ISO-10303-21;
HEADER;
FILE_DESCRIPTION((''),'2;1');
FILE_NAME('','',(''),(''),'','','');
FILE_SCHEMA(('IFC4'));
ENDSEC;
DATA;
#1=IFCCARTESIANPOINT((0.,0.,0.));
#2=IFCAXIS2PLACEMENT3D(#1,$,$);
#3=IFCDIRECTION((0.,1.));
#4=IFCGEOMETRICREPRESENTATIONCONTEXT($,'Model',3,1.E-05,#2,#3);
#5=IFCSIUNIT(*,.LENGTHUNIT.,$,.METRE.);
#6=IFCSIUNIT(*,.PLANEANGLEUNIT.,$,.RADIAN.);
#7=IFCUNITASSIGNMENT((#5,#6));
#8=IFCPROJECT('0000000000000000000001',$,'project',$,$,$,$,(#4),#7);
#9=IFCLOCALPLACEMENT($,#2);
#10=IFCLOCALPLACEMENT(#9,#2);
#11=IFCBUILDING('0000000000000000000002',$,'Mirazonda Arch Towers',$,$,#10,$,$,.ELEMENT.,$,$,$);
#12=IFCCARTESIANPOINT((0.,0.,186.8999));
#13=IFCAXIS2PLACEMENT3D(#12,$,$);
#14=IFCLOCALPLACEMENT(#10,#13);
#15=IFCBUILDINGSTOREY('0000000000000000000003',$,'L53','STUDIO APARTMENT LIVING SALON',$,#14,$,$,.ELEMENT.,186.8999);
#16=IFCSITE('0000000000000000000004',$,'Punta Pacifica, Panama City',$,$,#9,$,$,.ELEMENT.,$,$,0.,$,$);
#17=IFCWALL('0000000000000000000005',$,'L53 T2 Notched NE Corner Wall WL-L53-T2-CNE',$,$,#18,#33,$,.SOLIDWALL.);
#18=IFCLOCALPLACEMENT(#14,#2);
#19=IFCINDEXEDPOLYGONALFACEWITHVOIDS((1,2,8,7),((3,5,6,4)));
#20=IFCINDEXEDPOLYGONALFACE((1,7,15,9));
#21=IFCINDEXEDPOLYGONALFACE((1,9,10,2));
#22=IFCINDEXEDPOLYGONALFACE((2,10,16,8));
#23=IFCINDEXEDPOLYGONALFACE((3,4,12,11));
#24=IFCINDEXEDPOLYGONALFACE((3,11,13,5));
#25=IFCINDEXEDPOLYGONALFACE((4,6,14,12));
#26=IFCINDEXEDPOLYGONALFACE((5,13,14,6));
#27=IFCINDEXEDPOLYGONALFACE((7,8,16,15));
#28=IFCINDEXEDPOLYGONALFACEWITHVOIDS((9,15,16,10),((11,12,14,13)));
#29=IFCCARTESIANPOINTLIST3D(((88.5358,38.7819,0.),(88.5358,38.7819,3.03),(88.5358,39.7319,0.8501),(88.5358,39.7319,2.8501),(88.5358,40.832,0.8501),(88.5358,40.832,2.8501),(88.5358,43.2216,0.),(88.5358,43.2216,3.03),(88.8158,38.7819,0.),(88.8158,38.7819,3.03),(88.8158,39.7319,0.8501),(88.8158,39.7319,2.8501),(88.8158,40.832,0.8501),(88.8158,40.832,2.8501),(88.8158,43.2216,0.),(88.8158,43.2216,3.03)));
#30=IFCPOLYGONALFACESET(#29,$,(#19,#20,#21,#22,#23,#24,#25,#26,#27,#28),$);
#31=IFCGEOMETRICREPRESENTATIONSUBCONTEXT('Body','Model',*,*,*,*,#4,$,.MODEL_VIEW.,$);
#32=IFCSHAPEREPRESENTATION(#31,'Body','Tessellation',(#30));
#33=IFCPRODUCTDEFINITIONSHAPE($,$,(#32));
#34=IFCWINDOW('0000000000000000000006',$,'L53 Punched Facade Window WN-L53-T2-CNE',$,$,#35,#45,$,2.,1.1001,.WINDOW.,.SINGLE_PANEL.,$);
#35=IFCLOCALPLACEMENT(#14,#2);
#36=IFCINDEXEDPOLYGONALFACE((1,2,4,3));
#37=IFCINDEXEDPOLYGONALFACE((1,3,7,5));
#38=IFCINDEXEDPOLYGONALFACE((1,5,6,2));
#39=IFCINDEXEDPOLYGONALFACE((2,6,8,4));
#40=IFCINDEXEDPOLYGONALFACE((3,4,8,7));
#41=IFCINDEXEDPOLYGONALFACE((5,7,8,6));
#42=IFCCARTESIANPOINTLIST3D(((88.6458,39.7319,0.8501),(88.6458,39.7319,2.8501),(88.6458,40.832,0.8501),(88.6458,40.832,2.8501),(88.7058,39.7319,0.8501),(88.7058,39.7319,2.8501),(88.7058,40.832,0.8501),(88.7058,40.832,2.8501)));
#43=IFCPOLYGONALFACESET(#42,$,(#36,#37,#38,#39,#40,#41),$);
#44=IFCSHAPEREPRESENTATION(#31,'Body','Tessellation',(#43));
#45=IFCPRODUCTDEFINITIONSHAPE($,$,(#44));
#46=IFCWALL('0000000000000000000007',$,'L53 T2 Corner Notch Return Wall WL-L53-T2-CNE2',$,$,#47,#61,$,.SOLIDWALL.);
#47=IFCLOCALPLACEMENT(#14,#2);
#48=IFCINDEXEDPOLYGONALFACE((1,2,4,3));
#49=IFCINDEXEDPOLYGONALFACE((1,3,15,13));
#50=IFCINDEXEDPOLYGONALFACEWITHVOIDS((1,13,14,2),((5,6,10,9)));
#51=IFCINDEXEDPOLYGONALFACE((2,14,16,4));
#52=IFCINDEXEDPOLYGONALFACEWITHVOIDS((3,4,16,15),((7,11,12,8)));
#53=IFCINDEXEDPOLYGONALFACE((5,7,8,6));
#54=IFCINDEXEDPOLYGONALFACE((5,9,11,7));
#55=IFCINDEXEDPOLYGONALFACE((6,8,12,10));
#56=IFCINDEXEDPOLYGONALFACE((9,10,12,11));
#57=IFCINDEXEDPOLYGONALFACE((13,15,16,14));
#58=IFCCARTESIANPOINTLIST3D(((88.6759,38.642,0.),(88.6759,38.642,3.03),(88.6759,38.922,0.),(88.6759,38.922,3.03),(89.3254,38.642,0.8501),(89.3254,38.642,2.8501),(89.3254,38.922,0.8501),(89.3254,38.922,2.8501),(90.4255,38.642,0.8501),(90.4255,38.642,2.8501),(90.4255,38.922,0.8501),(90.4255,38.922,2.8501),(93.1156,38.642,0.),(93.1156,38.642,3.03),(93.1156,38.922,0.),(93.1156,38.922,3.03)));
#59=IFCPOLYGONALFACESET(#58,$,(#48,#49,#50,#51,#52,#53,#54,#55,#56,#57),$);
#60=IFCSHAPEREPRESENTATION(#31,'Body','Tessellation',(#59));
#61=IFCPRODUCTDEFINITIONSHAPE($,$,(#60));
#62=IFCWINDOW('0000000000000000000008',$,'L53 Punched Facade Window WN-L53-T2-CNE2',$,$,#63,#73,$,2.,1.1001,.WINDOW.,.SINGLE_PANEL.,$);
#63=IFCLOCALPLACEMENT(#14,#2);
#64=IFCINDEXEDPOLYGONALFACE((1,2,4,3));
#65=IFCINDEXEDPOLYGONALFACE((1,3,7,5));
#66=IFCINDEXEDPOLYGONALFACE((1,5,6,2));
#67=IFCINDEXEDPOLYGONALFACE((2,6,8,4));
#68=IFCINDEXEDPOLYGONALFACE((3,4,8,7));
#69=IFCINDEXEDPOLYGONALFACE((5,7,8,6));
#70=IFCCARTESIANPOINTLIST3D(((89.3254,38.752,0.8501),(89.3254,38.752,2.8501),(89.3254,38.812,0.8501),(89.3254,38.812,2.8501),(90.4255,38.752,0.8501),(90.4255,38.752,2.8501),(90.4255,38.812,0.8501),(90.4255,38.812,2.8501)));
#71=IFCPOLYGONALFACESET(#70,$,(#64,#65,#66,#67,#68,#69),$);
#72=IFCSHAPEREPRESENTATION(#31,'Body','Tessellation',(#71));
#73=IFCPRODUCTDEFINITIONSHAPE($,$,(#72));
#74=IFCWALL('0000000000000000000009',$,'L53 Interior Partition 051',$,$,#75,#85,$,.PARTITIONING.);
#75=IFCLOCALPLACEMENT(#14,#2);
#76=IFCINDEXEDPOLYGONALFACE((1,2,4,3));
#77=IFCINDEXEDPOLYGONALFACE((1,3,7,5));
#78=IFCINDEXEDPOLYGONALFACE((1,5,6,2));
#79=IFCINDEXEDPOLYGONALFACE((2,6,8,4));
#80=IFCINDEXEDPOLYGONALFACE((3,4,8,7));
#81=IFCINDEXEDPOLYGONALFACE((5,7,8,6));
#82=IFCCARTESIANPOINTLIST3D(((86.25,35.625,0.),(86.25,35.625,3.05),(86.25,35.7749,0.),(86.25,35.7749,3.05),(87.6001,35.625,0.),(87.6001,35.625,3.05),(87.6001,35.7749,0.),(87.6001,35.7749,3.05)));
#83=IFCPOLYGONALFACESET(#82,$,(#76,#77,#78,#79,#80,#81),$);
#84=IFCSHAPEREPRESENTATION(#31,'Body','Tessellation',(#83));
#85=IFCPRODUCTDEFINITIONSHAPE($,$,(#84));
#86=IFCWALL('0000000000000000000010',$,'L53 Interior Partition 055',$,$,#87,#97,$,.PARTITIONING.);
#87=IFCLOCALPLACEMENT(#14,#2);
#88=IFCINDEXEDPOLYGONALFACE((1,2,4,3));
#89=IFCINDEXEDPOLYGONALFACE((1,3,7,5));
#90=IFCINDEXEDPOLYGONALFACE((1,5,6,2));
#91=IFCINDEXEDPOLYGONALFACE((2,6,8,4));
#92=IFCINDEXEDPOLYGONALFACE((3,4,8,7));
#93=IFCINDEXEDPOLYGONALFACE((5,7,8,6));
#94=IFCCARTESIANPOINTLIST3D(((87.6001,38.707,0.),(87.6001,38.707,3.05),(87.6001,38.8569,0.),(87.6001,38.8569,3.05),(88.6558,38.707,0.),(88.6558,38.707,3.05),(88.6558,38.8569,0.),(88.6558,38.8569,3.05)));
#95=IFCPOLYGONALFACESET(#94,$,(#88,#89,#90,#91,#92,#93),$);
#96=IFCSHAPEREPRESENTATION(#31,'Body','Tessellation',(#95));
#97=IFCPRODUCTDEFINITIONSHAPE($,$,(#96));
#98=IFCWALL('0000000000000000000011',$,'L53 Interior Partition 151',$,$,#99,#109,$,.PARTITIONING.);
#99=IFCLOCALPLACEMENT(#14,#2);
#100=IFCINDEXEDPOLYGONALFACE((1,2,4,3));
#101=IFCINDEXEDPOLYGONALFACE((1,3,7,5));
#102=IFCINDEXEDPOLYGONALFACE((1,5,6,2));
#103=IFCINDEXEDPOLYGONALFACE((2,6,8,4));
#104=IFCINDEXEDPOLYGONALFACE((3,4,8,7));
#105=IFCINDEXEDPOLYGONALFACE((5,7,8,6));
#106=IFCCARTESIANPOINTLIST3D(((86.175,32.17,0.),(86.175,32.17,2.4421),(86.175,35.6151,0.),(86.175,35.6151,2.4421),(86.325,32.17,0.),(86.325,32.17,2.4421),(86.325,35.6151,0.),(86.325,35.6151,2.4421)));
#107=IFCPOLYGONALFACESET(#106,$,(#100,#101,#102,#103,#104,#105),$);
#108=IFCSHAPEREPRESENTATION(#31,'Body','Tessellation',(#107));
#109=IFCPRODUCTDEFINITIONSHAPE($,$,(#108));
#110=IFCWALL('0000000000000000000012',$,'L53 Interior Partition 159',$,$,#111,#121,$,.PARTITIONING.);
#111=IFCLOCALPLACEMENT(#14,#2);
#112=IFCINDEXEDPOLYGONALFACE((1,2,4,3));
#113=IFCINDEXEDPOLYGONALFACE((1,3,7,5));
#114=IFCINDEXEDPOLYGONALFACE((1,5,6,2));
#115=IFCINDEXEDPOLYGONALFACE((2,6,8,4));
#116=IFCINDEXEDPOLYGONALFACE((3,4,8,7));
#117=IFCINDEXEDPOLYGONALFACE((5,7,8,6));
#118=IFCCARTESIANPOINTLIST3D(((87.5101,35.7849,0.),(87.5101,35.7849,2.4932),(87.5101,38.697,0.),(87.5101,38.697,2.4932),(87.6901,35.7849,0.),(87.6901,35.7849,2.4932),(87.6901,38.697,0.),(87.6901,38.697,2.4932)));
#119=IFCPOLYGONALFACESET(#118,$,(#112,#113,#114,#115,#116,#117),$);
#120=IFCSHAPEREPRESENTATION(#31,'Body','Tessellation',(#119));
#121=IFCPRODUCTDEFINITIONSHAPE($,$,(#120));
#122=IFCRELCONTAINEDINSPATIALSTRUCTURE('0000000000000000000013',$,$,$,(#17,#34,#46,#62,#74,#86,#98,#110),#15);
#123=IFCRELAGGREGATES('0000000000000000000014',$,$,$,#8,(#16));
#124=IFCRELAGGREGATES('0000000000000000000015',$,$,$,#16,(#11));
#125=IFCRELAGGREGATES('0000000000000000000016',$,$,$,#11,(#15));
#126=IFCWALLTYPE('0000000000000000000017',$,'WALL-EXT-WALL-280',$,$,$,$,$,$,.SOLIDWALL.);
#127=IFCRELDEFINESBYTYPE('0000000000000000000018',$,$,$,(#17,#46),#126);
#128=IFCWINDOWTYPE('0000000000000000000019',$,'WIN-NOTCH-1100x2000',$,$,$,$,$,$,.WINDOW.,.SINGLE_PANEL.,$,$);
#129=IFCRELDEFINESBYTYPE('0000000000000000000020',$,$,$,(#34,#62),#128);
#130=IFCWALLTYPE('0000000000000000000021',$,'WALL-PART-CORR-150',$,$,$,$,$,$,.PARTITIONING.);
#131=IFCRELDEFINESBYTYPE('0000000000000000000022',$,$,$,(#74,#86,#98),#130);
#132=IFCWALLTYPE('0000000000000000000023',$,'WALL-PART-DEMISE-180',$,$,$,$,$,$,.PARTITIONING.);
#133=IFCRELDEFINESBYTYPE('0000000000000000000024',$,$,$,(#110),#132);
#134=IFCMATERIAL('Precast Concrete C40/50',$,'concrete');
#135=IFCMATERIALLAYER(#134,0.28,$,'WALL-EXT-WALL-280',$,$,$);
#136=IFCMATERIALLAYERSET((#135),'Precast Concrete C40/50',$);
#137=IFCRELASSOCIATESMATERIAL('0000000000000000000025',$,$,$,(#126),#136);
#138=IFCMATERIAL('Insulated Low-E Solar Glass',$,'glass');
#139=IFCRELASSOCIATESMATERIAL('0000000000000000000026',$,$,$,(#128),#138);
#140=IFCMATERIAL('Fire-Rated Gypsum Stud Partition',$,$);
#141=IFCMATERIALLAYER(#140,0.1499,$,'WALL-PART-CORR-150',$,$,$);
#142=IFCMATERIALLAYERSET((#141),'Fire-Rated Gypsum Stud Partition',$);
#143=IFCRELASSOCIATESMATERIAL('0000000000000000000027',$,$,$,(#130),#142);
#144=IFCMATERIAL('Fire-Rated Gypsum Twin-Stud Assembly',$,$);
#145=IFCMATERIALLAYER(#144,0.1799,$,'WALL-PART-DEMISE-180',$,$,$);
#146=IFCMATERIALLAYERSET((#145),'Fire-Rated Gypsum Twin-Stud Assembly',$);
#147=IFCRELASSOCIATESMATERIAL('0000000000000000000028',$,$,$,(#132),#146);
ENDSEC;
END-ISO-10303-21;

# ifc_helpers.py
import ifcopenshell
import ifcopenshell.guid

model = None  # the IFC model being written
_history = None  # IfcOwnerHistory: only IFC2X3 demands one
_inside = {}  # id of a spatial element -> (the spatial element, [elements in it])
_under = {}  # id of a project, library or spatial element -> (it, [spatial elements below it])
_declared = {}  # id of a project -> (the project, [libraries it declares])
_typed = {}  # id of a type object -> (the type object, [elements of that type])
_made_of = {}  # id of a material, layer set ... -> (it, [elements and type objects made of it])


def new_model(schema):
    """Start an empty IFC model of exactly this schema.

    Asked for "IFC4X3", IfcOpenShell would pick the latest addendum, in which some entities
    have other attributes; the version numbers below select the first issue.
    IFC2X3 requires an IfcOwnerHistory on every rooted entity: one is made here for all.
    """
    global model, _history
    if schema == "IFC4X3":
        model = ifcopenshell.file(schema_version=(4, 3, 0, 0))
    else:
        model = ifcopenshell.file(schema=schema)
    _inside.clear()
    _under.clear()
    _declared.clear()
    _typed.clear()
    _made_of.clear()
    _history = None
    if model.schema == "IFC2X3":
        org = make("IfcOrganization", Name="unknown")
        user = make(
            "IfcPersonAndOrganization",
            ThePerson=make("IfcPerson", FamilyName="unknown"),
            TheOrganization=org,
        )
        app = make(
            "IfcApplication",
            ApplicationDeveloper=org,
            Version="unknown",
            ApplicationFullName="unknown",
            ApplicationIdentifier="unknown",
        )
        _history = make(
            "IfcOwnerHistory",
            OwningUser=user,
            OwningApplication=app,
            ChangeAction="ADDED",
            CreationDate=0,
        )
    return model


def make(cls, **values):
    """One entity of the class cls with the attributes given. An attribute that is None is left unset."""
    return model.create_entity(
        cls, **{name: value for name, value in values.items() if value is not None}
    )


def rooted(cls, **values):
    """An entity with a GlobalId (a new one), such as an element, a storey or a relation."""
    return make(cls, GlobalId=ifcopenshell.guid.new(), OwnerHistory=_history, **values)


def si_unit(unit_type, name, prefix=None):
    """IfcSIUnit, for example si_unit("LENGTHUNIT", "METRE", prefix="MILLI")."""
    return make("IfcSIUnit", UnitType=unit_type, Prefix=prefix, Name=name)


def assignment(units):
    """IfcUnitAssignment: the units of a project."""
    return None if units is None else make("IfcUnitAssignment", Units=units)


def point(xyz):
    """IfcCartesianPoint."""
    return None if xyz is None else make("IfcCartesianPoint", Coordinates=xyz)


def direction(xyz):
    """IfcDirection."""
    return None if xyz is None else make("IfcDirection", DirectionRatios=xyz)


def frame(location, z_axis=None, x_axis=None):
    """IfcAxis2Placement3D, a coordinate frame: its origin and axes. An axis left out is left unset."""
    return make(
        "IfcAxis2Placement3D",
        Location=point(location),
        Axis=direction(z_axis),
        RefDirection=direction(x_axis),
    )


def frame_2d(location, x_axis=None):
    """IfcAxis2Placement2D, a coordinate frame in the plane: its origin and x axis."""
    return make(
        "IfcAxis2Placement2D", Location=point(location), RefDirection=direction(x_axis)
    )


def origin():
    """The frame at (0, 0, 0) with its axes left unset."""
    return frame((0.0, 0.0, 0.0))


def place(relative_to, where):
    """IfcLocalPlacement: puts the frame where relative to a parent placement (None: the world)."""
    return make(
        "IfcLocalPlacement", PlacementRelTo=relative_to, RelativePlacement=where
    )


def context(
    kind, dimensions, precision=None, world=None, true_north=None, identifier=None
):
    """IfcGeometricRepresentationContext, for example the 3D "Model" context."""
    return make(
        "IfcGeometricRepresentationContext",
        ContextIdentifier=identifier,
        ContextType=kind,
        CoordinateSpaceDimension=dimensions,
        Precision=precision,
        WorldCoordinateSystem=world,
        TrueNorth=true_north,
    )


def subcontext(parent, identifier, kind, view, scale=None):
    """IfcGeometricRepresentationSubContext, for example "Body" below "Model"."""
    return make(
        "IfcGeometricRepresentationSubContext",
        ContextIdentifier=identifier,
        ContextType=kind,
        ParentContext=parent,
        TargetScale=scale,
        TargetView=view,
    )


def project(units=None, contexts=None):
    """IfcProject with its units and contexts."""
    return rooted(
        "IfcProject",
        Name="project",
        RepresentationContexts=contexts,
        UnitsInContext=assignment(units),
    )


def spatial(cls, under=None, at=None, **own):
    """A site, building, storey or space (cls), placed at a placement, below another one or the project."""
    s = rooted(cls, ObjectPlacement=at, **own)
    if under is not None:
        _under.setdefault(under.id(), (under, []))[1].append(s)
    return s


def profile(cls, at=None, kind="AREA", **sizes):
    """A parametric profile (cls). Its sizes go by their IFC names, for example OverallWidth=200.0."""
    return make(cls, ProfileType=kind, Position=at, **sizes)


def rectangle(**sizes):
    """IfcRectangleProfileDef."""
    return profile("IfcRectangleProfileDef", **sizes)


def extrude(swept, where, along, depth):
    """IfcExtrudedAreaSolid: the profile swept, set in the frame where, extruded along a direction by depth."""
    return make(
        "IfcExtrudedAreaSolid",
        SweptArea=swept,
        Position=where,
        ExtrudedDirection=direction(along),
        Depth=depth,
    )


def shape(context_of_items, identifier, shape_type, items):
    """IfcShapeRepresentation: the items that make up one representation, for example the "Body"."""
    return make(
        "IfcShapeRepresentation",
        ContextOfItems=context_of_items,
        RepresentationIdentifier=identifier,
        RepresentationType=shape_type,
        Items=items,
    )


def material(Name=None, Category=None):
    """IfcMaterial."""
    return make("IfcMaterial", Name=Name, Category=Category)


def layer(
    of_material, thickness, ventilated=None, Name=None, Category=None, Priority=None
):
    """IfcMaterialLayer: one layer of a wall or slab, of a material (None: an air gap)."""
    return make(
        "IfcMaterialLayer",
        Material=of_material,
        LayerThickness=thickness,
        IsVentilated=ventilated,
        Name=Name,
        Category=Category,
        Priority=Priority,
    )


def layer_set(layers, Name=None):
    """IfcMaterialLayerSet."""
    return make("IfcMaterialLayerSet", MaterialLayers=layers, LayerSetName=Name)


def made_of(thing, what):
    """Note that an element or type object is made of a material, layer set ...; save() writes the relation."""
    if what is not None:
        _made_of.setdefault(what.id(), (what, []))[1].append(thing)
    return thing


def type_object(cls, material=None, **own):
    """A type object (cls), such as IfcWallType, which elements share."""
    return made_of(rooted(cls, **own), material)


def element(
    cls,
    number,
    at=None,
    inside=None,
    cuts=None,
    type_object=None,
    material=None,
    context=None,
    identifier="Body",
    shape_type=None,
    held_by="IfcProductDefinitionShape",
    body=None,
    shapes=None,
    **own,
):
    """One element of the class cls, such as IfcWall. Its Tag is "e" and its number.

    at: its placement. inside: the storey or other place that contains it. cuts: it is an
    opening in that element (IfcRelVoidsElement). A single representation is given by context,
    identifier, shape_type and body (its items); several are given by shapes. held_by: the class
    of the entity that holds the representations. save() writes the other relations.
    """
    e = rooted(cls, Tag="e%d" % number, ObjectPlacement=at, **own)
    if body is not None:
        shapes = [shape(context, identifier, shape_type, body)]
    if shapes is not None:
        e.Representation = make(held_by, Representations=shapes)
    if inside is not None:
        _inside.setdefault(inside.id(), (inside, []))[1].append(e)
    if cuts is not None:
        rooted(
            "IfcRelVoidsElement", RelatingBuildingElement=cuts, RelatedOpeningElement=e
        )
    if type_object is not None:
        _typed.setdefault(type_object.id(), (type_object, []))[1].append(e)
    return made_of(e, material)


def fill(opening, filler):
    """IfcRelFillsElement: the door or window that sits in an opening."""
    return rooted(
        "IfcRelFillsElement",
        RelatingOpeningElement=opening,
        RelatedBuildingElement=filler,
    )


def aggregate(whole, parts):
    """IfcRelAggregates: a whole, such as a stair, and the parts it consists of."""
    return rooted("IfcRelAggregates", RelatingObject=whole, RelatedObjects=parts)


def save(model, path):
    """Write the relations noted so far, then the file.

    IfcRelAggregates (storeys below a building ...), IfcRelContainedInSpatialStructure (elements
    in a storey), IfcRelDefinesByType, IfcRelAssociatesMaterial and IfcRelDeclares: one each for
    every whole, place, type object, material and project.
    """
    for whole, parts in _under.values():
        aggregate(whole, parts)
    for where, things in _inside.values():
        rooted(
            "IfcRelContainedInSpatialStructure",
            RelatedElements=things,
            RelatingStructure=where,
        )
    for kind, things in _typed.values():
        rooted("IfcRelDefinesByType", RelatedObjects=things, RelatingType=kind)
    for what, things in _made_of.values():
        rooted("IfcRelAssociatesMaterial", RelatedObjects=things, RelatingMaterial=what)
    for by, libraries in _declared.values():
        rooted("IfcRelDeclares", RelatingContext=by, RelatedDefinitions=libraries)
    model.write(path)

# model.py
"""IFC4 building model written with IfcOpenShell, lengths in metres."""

from ifc_helpers import new_model, si_unit, direction, frame, frame_2d, origin, place, context, subcontext, project, spatial, rectangle, extrude, material, layer, layer_set, type_object, element, fill, save


model = new_model("IFC4")

# Units and contexts
model_context = context("Model", 3, precision=1e-05, world=origin(), true_north=direction((0.0, 1.0)))
body_context = subcontext(model_context, "Body", "Model", "MODEL_VIEW")
ifc_project = project(units=[si_unit("LENGTHUNIT", "METRE"), si_unit("PLANEANGLEUNIT", "RADIAN")], contexts=[model_context])

# Site, building, storey
site_placement = place(None, origin())
site = spatial("IfcSite", under=ifc_project, at=site_placement, Name="Punta Pacifica, Panama City", CompositionType="ELEMENT", RefElevation=0.0)
building_placement = place(site_placement, origin())
building = spatial("IfcBuilding", under=site, at=building_placement, Name="Mirazonda Arch Towers", CompositionType="ELEMENT")
storey_placement = place(building_placement, frame((0.0, 0.0, 186.8999)))
storey = spatial("IfcBuildingStorey", under=building, at=storey_placement, Name="L53", Description="STUDIO APARTMENT LIVING SALON", CompositionType="ELEMENT", Elevation=186.8999)

# Shared definitions
ifc_material_1 = material(Name="Insulated Low-E Solar Glass", Category="glass")

# Walls, openings, windows
ifc_material_2 = material(Name="Precast Concrete C40/50", Category="concrete")
ifc_layer_1 = layer(ifc_material_2, 0.28, Name="WALL-EXT-WALL-280")
ifc_layer_set_1 = layer_set([ifc_layer_1], Name="Precast Concrete C40/50")
wall_type_1 = type_object("IfcWallType", Name="WALL-EXT-WALL-280", PredefinedType="SOLIDWALL", material=ifc_layer_set_1)
wall_1_placement = place(storey_placement, frame((88.6758, 38.782, 0.0), z_axis=(0.0, 0.0, 1.0), x_axis=(0.0, 1.0, 0.0)))
wall_1 = element("IfcWall", 1, at=wall_1_placement, inside=storey, type_object=wall_type_1, Name="L53 T2 Notched NE Corner Wall WL-L53-T2-CNE", PredefinedType="SOLIDWALL", context=body_context, shape_type="SweptSolid", body=[
    extrude(rectangle(XDim=4.4397, YDim=0.28, at=frame_2d((2.2197, 0.0))), origin(), (0.0, 0.0, 1.0), 3.03),
])
opening_1_placement = place(wall_1_placement, frame((0.95, 0.0, 0.8501)))
opening_1 = element("IfcOpeningElement", 2, at=opening_1_placement, cuts=wall_1, PredefinedType="OPENING", context=body_context, shape_type="SweptSolid", body=[
    extrude(rectangle(XDim=1.1001, YDim=2.0, at=frame_2d((0.55, 1.0))), frame((0.0, 0.1499, 0.0), z_axis=(0.0, -1.0, 0.0), x_axis=(1.0, 0.0, 0.0)), (0.0, 0.0, 1.0), 0.3),
])
window_type = type_object("IfcWindowType", Name="WIN-NOTCH-1100x2000", PartitioningType="SINGLE_PANEL", PredefinedType="WINDOW", material=ifc_material_1)
window_1_placement = place(opening_1_placement, origin())
window_1 = element("IfcWindow", 3, at=window_1_placement, inside=storey, type_object=window_type, Name="L53 Punched Facade Window WN-L53-T2-CNE", OverallHeight=2.0, OverallWidth=1.1001, PartitioningType="SINGLE_PANEL", PredefinedType="WINDOW", context=body_context, shape_type="SweptSolid", body=[
    extrude(rectangle(XDim=1.1001, YDim=2.0, at=frame_2d((0.55, 1.0))), frame((0.0, 0.03, 0.0), z_axis=(0.0, -1.0, 0.0), x_axis=(1.0, 0.0, 0.0)), (0.0, 0.0, 1.0), 0.0601),
])
fill(opening_1, window_1)
wall_2_placement = place(storey_placement, frame((93.1155, 38.782, 0.0), z_axis=(0.0, 0.0, 1.0), x_axis=(-1.0, 0.0, 0.0)))
wall_2 = element("IfcWall", 4, at=wall_2_placement, inside=storey, type_object=wall_type_1, Name="L53 T2 Corner Notch Return Wall WL-L53-T2-CNE2", PredefinedType="SOLIDWALL", context=body_context, shape_type="SweptSolid", body=[
    extrude(rectangle(XDim=4.4397, YDim=0.28, at=frame_2d((2.2197, 0.0))), origin(), (0.0, 0.0, 1.0), 3.03),
])
opening_2_placement = place(wall_2_placement, frame((2.6899, 0.0, 0.8501)))
opening_2 = element("IfcOpeningElement", 5, at=opening_2_placement, cuts=wall_2, PredefinedType="OPENING", context=body_context, shape_type="SweptSolid", body=[
    extrude(rectangle(XDim=1.1001, YDim=2.0, at=frame_2d((0.55, 1.0))), frame((0.0, 0.1499, 0.0), z_axis=(0.0, -1.0, 0.0), x_axis=(1.0, 0.0, 0.0)), (0.0, 0.0, 1.0), 0.3),
])
window_2_placement = place(opening_2_placement, origin())
window_2 = element("IfcWindow", 6, at=window_2_placement, inside=storey, type_object=window_type, Name="L53 Punched Facade Window WN-L53-T2-CNE2", OverallHeight=2.0, OverallWidth=1.1001, PartitioningType="SINGLE_PANEL", PredefinedType="WINDOW", context=body_context, shape_type="SweptSolid", body=[
    extrude(rectangle(XDim=1.1001, YDim=2.0, at=frame_2d((0.55, 1.0))), frame((0.0, 0.03, 0.0), z_axis=(0.0, -1.0, 0.0), x_axis=(1.0, 0.0, 0.0)), (0.0, 0.0, 1.0), 0.0601),
])
fill(opening_2, window_2)

# Walls
ifc_material_3 = material(Name="Fire-Rated Gypsum Stud Partition")
ifc_layer_2 = layer(ifc_material_3, 0.1499, Name="WALL-PART-CORR-150")
ifc_layer_set_2 = layer_set([ifc_layer_2], Name="Fire-Rated Gypsum Stud Partition")
wall_type_2 = type_object("IfcWallType", Name="WALL-PART-CORR-150", PredefinedType="PARTITIONING", material=ifc_layer_set_2)
wall_3_placement = place(storey_placement, frame((86.25, 35.7, 0.0), z_axis=(0.0, 0.0, 1.0), x_axis=(1.0, 0.0, 0.0)))
element("IfcWall", 7, at=wall_3_placement, inside=storey, type_object=wall_type_2, Name="L53 Interior Partition 051", PredefinedType="PARTITIONING", context=body_context, shape_type="SweptSolid", body=[
    extrude(rectangle(XDim=1.3501, YDim=0.1499, at=frame_2d((0.675, 0.0))), origin(), (0.0, 0.0, 1.0), 3.05),
])
wall_4_placement = place(storey_placement, frame((87.6001, 38.782, 0.0), z_axis=(0.0, 0.0, 1.0), x_axis=(1.0, 0.0, 0.0)))
element("IfcWall", 8, at=wall_4_placement, inside=storey, type_object=wall_type_2, Name="L53 Interior Partition 055", PredefinedType="PARTITIONING", context=body_context, shape_type="SweptSolid", body=[
    extrude(rectangle(XDim=1.0557, YDim=0.1499, at=frame_2d((0.5278, 0.0))), origin(), (0.0, 0.0, 1.0), 3.05),
])
wall_5_placement = place(storey_placement, frame((86.25, 32.1699, 0.0), z_axis=(0.0, 0.0, 1.0), x_axis=(0.0, 1.0, 0.0)))
element("IfcWall", 9, at=wall_5_placement, inside=storey, type_object=wall_type_2, Name="L53 Interior Partition 151", PredefinedType="PARTITIONING", context=body_context, shape_type="SweptSolid", body=[
    extrude(rectangle(XDim=3.4451, YDim=0.1499, at=frame_2d((1.7227, 0.0))), origin(), (0.0, 0.0, 1.0), 2.4421),
])
ifc_material_4 = material(Name="Fire-Rated Gypsum Twin-Stud Assembly")
ifc_layer_3 = layer(ifc_material_4, 0.1799, Name="WALL-PART-DEMISE-180")
ifc_layer_set_3 = layer_set([ifc_layer_3], Name="Fire-Rated Gypsum Twin-Stud Assembly")
wall_type_3 = type_object("IfcWallType", Name="WALL-PART-DEMISE-180", PredefinedType="PARTITIONING", material=ifc_layer_set_3)
wall_6_placement = place(storey_placement, frame((87.6001, 35.7849, 0.0), z_axis=(0.0, 0.0, 1.0), x_axis=(0.0, 1.0, 0.0)))
element("IfcWall", 10, at=wall_6_placement, inside=storey, type_object=wall_type_3, Name="L53 Interior Partition 159", PredefinedType="PARTITIONING", context=body_context, shape_type="SweptSolid", body=[
    extrude(rectangle(XDim=2.9121, YDim=0.1799, at=frame_2d((1.4561, 0.0))), origin(), (0.0, 0.0, 1.0), 2.4932),
])

save(model, "model.ifc")
